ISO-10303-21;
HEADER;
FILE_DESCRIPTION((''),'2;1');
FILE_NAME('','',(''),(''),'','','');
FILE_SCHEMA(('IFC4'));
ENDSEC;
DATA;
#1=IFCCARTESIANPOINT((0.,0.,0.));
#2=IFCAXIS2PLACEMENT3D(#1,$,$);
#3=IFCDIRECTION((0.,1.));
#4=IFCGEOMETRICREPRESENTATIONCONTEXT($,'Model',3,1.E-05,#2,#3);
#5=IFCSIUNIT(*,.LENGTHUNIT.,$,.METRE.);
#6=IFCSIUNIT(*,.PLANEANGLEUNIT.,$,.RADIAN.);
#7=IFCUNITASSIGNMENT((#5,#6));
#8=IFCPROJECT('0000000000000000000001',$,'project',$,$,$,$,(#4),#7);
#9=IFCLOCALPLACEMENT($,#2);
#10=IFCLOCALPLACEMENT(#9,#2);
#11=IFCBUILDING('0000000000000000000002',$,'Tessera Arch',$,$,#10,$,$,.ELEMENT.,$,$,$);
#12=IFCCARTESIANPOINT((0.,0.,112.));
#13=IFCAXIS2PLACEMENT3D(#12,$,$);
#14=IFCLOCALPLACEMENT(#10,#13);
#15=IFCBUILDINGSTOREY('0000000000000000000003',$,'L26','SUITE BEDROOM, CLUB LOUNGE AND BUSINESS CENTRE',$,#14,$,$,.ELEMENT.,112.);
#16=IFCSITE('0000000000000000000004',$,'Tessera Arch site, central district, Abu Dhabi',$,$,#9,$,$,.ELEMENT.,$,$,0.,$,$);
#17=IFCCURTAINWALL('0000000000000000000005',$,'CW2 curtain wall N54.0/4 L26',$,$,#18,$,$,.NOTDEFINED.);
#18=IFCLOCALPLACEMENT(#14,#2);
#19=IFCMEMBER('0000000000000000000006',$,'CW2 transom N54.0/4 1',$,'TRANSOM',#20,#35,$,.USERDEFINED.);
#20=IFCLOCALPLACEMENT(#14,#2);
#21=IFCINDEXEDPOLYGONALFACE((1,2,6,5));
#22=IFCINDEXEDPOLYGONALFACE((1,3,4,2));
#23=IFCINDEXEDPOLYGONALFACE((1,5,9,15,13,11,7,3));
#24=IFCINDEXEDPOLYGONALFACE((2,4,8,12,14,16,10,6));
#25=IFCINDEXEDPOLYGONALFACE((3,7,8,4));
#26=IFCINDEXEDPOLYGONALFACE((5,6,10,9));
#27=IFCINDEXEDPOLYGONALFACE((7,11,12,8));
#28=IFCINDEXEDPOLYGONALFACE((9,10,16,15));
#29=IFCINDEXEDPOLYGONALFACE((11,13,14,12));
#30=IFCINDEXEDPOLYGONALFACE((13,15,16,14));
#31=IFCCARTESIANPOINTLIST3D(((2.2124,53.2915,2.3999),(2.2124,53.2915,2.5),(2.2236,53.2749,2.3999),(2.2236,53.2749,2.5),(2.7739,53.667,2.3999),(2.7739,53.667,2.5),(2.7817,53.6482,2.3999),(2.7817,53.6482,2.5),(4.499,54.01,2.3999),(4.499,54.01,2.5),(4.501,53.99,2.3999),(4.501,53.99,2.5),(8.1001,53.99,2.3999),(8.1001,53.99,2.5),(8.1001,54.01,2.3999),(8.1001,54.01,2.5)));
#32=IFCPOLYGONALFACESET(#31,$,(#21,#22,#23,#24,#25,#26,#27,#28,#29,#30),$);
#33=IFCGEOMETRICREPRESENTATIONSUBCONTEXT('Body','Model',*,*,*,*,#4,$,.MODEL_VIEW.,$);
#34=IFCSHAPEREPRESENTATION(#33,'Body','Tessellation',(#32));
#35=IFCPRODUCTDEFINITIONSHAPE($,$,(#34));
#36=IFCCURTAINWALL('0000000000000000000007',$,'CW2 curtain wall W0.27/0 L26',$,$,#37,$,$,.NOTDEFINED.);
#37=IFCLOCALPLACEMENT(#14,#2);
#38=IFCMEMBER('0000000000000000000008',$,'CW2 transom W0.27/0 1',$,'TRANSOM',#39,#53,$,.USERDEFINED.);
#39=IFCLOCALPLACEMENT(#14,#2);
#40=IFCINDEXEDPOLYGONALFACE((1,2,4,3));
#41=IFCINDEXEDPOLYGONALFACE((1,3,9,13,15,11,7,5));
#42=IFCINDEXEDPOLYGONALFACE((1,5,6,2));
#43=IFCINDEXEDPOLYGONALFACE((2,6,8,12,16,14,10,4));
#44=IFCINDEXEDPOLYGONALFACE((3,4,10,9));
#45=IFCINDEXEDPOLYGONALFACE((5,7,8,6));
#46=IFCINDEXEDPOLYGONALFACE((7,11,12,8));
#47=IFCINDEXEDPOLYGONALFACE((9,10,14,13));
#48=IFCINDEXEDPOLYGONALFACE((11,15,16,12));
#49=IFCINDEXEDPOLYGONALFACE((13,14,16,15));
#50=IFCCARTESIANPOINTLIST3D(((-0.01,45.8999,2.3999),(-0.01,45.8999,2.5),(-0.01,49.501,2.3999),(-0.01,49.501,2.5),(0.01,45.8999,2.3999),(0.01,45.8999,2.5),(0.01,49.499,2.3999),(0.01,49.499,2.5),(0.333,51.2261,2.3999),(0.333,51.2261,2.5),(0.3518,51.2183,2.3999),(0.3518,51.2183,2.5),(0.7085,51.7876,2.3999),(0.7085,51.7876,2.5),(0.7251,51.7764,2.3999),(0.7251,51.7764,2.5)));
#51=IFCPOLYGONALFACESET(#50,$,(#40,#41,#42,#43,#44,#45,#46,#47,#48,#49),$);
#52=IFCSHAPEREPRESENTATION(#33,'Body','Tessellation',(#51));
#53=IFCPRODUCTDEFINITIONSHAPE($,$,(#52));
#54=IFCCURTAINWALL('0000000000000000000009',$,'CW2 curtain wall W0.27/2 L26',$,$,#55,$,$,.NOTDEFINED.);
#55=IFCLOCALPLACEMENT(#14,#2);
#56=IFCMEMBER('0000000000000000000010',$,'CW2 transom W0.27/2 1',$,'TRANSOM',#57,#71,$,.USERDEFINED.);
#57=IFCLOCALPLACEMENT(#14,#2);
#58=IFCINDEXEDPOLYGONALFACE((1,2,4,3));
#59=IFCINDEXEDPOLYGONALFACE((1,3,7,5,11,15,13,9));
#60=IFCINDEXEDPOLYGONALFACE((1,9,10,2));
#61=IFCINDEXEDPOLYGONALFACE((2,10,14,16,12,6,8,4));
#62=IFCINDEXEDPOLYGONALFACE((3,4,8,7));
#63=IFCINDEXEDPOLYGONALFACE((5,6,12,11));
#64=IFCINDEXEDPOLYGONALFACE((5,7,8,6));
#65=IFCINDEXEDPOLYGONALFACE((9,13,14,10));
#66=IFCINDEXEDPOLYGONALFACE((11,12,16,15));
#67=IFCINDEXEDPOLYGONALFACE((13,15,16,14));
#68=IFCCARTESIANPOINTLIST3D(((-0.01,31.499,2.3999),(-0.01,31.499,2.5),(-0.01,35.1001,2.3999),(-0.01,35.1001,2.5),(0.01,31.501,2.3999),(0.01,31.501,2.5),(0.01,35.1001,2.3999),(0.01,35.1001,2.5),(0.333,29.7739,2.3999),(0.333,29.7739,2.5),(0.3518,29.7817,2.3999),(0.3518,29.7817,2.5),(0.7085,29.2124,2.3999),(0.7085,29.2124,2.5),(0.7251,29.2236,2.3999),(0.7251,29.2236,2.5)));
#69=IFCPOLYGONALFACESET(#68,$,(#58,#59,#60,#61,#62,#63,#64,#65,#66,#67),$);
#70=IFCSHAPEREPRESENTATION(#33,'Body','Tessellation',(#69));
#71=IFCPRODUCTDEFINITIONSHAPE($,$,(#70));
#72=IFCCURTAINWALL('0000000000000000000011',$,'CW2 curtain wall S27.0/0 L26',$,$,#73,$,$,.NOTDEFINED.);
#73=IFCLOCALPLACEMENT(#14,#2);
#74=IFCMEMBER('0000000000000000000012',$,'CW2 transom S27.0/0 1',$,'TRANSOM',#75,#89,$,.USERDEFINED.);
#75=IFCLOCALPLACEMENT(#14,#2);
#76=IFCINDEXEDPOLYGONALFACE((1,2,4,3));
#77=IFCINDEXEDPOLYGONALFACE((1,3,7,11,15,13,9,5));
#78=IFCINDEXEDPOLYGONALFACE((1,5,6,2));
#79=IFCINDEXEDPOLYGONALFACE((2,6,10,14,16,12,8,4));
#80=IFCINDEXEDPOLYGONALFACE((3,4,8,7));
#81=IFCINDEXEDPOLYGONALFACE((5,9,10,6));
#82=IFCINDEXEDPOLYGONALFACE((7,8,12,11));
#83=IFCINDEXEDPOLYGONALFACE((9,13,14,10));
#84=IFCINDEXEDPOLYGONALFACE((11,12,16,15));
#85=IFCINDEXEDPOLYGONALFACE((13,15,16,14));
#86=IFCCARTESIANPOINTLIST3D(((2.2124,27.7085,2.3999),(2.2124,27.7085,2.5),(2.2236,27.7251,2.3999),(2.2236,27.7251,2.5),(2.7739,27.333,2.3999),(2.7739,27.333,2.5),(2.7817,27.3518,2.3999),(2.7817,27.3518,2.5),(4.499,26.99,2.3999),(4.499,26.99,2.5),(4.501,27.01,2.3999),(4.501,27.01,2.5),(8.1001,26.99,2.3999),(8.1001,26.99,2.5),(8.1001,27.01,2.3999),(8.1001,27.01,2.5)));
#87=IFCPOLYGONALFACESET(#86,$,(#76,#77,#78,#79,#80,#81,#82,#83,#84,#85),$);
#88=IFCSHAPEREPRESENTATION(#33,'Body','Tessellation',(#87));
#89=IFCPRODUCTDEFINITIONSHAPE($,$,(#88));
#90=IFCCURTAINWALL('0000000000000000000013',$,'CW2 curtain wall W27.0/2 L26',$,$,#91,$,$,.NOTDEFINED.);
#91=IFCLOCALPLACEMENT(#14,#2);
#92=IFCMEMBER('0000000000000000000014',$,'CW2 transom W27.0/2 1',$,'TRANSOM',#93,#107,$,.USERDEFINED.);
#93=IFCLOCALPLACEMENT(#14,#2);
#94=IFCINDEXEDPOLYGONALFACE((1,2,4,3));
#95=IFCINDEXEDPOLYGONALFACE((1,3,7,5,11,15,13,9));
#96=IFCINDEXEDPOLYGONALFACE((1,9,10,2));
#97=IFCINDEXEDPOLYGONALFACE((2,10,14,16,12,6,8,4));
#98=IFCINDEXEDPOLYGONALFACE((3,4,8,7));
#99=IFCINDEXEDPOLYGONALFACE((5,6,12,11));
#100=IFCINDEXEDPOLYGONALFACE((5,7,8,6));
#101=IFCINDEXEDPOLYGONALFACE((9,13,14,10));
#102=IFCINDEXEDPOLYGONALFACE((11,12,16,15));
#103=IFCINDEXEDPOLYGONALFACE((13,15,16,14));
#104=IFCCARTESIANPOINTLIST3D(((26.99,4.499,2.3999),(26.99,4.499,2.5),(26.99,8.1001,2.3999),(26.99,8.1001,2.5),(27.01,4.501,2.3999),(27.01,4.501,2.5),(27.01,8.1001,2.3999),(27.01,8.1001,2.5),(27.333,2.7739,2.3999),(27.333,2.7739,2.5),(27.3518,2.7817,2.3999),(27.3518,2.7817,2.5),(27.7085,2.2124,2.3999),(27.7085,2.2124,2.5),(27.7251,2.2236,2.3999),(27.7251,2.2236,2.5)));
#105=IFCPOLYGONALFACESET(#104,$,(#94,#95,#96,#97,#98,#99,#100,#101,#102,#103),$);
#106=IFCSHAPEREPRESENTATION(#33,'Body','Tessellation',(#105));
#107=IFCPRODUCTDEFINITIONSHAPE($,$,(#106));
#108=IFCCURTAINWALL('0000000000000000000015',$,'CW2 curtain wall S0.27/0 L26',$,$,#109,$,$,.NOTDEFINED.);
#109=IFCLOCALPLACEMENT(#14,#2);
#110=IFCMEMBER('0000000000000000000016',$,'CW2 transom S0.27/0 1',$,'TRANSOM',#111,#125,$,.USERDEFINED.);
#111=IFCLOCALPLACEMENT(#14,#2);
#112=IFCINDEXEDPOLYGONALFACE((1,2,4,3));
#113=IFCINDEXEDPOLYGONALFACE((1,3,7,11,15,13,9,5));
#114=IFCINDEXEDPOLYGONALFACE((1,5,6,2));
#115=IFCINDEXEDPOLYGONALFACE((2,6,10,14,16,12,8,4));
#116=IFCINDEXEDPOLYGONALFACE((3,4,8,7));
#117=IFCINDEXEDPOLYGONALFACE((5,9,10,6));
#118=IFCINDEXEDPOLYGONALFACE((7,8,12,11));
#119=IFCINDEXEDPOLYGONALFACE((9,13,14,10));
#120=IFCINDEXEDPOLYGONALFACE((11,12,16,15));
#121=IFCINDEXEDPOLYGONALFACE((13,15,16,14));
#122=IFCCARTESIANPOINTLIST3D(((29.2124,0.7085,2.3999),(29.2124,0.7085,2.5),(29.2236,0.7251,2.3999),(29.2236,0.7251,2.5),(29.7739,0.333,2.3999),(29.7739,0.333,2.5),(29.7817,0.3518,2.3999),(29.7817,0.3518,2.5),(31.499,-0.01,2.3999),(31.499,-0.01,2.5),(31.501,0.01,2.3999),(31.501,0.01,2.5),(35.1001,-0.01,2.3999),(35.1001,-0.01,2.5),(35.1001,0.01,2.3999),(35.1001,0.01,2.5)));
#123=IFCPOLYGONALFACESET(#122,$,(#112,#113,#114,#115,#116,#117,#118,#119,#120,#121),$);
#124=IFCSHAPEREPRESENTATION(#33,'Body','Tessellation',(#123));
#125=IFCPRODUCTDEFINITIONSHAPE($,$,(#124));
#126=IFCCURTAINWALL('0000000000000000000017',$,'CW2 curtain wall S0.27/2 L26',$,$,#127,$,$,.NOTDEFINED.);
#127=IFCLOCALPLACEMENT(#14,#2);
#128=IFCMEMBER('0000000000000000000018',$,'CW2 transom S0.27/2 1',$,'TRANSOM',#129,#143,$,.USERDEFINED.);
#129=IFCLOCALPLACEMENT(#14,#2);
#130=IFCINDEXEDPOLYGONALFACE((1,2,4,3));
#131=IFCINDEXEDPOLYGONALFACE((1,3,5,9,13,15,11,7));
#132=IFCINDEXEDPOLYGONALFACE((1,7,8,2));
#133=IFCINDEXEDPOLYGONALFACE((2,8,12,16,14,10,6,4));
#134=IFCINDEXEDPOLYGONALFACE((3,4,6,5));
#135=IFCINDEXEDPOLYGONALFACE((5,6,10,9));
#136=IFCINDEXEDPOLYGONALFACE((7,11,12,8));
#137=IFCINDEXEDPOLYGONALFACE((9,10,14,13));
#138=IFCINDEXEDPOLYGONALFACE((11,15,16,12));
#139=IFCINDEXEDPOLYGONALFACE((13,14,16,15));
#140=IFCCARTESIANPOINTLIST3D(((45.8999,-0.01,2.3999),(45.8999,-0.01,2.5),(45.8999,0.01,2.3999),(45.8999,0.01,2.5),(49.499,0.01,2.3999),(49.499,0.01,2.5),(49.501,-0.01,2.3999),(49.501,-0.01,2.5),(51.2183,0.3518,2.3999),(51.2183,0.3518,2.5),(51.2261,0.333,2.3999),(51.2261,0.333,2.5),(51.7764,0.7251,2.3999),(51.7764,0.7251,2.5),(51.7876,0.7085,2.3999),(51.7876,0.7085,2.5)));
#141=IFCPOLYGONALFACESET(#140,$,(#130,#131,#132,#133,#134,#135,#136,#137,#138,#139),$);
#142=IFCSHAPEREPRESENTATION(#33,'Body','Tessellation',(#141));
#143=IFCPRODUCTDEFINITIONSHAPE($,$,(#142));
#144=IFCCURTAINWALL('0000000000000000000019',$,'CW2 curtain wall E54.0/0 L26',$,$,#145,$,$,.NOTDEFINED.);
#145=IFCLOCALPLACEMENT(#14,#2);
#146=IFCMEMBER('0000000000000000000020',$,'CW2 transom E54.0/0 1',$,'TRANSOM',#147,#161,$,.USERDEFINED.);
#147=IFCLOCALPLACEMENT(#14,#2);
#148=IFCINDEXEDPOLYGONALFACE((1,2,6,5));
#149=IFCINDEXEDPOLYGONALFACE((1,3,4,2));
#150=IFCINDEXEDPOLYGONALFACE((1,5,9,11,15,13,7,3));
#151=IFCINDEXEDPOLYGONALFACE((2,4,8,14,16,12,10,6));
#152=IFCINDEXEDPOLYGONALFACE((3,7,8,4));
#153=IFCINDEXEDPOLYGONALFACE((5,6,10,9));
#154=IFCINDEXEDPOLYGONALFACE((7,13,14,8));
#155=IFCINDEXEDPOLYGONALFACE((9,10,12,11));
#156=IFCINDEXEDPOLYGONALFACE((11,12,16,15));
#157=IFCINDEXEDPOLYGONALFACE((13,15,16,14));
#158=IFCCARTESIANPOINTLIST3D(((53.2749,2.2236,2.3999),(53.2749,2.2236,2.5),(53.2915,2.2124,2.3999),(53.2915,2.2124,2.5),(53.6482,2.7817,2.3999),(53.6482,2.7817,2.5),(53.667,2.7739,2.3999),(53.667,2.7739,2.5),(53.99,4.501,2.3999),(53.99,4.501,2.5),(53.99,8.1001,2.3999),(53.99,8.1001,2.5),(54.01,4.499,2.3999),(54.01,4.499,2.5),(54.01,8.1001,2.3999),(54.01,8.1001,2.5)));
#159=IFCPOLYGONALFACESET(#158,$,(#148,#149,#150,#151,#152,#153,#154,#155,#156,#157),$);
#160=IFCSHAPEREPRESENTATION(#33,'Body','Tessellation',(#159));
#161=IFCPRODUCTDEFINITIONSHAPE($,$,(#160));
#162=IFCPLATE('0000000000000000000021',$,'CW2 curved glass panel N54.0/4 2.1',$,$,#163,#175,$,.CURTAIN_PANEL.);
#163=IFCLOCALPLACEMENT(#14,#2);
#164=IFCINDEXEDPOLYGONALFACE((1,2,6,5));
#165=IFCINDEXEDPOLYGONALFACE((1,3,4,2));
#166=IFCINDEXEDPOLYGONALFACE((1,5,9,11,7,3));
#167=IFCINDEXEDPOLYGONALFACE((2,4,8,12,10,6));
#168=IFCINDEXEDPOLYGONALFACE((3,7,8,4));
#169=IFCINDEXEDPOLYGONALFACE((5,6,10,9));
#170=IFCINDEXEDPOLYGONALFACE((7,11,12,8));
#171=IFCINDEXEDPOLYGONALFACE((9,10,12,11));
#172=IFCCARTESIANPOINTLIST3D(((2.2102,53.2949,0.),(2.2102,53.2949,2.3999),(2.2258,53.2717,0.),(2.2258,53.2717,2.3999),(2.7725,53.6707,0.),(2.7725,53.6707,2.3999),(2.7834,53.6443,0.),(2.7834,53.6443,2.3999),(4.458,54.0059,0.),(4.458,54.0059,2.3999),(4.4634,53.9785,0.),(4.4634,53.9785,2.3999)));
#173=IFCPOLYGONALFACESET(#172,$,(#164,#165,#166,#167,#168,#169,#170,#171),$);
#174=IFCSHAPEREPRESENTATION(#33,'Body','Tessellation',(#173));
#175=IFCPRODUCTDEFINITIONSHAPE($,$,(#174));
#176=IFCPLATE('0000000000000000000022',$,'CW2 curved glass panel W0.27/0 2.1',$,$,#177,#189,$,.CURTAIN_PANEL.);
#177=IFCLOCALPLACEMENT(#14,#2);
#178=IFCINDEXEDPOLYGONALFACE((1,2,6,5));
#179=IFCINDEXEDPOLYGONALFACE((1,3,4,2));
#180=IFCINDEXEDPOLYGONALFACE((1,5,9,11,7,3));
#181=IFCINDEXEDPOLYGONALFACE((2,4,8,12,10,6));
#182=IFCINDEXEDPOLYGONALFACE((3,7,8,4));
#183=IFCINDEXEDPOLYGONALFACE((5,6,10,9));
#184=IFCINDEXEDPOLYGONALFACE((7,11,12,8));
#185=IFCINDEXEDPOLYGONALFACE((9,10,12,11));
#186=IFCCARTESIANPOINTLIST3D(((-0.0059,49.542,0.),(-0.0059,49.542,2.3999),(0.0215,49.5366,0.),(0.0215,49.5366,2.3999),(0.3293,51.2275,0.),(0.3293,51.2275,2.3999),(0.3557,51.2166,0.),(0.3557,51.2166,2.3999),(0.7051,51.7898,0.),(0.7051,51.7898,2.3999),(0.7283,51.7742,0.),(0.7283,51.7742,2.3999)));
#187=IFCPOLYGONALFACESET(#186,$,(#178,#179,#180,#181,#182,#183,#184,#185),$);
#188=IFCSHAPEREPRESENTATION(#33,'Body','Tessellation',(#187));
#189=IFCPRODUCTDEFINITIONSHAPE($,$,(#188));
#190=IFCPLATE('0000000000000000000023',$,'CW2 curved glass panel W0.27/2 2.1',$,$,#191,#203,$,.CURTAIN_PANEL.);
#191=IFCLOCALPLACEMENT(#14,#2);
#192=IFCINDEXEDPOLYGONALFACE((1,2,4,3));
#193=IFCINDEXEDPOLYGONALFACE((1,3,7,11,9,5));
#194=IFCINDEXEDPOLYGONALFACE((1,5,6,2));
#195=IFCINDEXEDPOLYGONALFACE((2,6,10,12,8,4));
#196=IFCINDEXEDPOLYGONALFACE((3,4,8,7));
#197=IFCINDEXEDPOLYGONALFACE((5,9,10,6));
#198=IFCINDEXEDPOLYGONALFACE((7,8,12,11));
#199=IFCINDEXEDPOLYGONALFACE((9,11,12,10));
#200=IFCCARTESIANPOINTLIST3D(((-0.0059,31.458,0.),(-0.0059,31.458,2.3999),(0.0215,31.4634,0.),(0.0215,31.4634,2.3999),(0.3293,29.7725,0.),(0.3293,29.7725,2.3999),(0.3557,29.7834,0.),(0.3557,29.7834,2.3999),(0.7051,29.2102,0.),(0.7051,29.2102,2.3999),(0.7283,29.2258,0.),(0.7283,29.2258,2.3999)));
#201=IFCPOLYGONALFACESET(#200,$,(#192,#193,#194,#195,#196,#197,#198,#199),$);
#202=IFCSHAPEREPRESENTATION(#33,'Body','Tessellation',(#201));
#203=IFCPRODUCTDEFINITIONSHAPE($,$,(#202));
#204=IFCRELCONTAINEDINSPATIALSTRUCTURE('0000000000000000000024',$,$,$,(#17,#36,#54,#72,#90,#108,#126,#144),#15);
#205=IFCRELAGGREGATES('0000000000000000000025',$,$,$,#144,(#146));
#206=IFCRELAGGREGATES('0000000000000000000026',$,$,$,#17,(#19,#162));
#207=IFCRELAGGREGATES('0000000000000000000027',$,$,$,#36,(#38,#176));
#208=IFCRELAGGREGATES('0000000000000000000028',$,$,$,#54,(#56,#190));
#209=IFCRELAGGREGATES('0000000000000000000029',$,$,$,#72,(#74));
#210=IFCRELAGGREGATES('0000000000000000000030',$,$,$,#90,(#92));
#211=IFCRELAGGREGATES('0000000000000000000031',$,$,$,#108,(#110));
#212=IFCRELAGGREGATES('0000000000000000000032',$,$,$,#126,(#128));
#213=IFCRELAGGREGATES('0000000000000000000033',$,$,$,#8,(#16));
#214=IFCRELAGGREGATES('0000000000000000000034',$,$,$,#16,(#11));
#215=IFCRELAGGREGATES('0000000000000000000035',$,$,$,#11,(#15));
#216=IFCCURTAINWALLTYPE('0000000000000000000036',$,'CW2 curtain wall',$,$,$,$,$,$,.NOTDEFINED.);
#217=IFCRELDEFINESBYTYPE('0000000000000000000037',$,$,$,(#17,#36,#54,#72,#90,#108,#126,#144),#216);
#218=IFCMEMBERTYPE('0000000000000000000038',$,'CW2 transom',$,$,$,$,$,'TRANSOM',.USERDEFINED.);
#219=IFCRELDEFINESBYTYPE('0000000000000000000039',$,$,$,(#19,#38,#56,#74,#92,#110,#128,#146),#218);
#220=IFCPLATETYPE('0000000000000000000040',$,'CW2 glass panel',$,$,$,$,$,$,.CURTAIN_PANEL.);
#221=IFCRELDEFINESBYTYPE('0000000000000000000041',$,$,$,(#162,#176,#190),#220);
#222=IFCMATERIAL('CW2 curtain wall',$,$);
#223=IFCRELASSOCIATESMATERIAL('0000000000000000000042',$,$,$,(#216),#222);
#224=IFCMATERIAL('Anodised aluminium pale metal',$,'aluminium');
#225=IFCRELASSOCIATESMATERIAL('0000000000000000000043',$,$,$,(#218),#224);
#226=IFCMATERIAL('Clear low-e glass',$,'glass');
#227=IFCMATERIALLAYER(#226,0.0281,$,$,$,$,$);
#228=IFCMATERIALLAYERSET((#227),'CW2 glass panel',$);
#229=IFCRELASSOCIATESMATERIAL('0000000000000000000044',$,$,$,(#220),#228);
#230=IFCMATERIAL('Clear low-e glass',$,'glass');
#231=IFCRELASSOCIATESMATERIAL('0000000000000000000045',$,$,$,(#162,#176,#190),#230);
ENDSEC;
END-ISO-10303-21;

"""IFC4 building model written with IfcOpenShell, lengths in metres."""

from ifc_helpers import new_model, si_unit, direction, frame, origin, origin_2d, place, context, subcontext, project, spatial, polyline, rectangle, outline, extrude, material, layer, layer_set, material_profile, profile_set, type_object, element, aggregate, save


model = new_model("IFC4")

# Units and contexts
model_context = context("Model", 3, precision=1e-05, world=origin(), true_north=direction((0.0, 1.0)))
body_context = subcontext(model_context, "Body", "Model", "MODEL_VIEW")
ifc_project = project(units=[si_unit("LENGTHUNIT", "METRE"), si_unit("PLANEANGLEUNIT", "RADIAN")], contexts=[model_context])

# Site, building, storey
site_placement = place(None, origin())
site = spatial("IfcSite", under=ifc_project, at=site_placement, Name="Tessera Arch site, central district, Abu Dhabi", CompositionType="ELEMENT", RefElevation=0.0)
building_placement = place(site_placement, origin())
building = spatial("IfcBuilding", under=site, at=building_placement, Name="Tessera Arch", CompositionType="ELEMENT")
storey_placement = place(building_placement, frame((0.0, 0.0, 112.0)))
storey = spatial("IfcBuildingStorey", under=building, at=storey_placement, Name="L26", Description="SUITE BEDROOM, CLUB LOUNGE AND BUSINESS CENTRE", CompositionType="ELEMENT", Elevation=112.0)

# Curtain walls, members
ifc_material_1 = material(Name="CW2 curtain wall")
curtain_wall_type = type_object("IfcCurtainWallType", Name="CW2 curtain wall", PredefinedType="NOTDEFINED", material=ifc_material_1)
curtain_wall_1_placement = place(storey_placement, origin())
curtain_wall_1 = element("IfcCurtainWall", 1, at=curtain_wall_1_placement, inside=storey, type_object=curtain_wall_type, Name="CW2 curtain wall N54.0/4 L26", PredefinedType="NOTDEFINED")
ifc_material_2 = material(Name="Anodised aluminium pale metal", Category="aluminium")
ifc_material_profile = material_profile(ifc_material_2, rectangle(XDim=0.2, YDim=0.1001, at=origin_2d()), Name="AL 200x100")
ifc_profile_set = profile_set([ifc_material_profile], Name="Anodised aluminium pale metal")
member_type = type_object("IfcMemberType", Name="CW2 transom", ElementType="TRANSOM", PredefinedType="USERDEFINED", material=ifc_profile_set)
member_1_placement = place(storey_placement, frame((0.0, 0.0, 2.3999)))
member_1 = element("IfcMember", 2, at=member_1_placement, type_object=member_type, Name="CW2 transom N54.0/4 1", ObjectType="TRANSOM", PredefinedType="USERDEFINED", context=body_context, shape_type="SweptSolid", body=[
    extrude(outline(polyline([(4.501, 53.99), (8.1001, 53.99), (8.1001, 54.01), (4.499, 54.01), (2.7739, 53.667), (2.2124, 53.2915), (2.2236, 53.2749), (2.7817, 53.6482), (4.501, 53.99)])), origin(), (0.0, 0.0, 1.0), 0.1001),
])
curtain_wall_2_placement = place(storey_placement, origin())
curtain_wall_2 = element("IfcCurtainWall", 3, at=curtain_wall_2_placement, inside=storey, type_object=curtain_wall_type, Name="CW2 curtain wall W0.27/0 L26", PredefinedType="NOTDEFINED")
member_2_placement = place(storey_placement, frame((0.0, 0.0, 2.3999)))
member_2 = element("IfcMember", 4, at=member_2_placement, type_object=member_type, Name="CW2 transom W0.27/0 1", ObjectType="TRANSOM", PredefinedType="USERDEFINED", context=body_context, shape_type="SweptSolid", body=[
    extrude(outline(polyline([(0.3518, 51.2183), (0.7251, 51.7764), (0.7085, 51.7876), (0.333, 51.2261), (-0.01, 49.501), (-0.01, 45.8999), (0.01, 45.8999), (0.01, 49.499), (0.3518, 51.2183)])), origin(), (0.0, 0.0, 1.0), 0.1001),
])
curtain_wall_3_placement = place(storey_placement, origin())
curtain_wall_3 = element("IfcCurtainWall", 5, at=curtain_wall_3_placement, inside=storey, type_object=curtain_wall_type, Name="CW2 curtain wall W0.27/2 L26", PredefinedType="NOTDEFINED")
member_3_placement = place(storey_placement, frame((0.0, 0.0, 2.3999)))
member_3 = element("IfcMember", 6, at=member_3_placement, type_object=member_type, Name="CW2 transom W0.27/2 1", ObjectType="TRANSOM", PredefinedType="USERDEFINED", context=body_context, shape_type="SweptSolid", body=[
    extrude(outline(polyline([(0.01, 31.501), (0.01, 35.1001), (-0.01, 35.1001), (-0.01, 31.499), (0.333, 29.7739), (0.7085, 29.2124), (0.7251, 29.2236), (0.3518, 29.7817), (0.01, 31.501)])), origin(), (0.0, 0.0, 1.0), 0.1001),
])
curtain_wall_4_placement = place(storey_placement, origin())
curtain_wall_4 = element("IfcCurtainWall", 7, at=curtain_wall_4_placement, inside=storey, type_object=curtain_wall_type, Name="CW2 curtain wall S27.0/0 L26", PredefinedType="NOTDEFINED")
member_4_placement = place(storey_placement, frame((0.0, 0.0, 2.3999)))
member_4 = element("IfcMember", 8, at=member_4_placement, type_object=member_type, Name="CW2 transom S27.0/0 1", ObjectType="TRANSOM", PredefinedType="USERDEFINED", context=body_context, shape_type="SweptSolid", body=[
    extrude(outline(polyline([(2.7817, 27.3518), (2.2236, 27.7251), (2.2124, 27.7085), (2.7739, 27.333), (4.499, 26.99), (8.1001, 26.99), (8.1001, 27.01), (4.501, 27.01), (2.7817, 27.3518)])), origin(), (0.0, 0.0, 1.0), 0.1001),
])
curtain_wall_5_placement = place(storey_placement, origin())
curtain_wall_5 = element("IfcCurtainWall", 9, at=curtain_wall_5_placement, inside=storey, type_object=curtain_wall_type, Name="CW2 curtain wall W27.0/2 L26", PredefinedType="NOTDEFINED")
member_5_placement = place(storey_placement, frame((0.0, 0.0, 2.3999)))
member_5 = element("IfcMember", 10, at=member_5_placement, type_object=member_type, Name="CW2 transom W27.0/2 1", ObjectType="TRANSOM", PredefinedType="USERDEFINED", context=body_context, shape_type="SweptSolid", body=[
    extrude(outline(polyline([(27.01, 4.501), (27.01, 8.1001), (26.99, 8.1001), (26.99, 4.499), (27.333, 2.7739), (27.7085, 2.2124), (27.7251, 2.2236), (27.3518, 2.7817), (27.01, 4.501)])), origin(), (0.0, 0.0, 1.0), 0.1001),
])
curtain_wall_6_placement = place(storey_placement, origin())
curtain_wall_6 = element("IfcCurtainWall", 11, at=curtain_wall_6_placement, inside=storey, type_object=curtain_wall_type, Name="CW2 curtain wall S0.27/0 L26", PredefinedType="NOTDEFINED")
member_6_placement = place(storey_placement, frame((0.0, 0.0, 2.3999)))
member_6 = element("IfcMember", 12, at=member_6_placement, type_object=member_type, Name="CW2 transom S0.27/0 1", ObjectType="TRANSOM", PredefinedType="USERDEFINED", context=body_context, shape_type="SweptSolid", body=[
    extrude(outline(polyline([(29.7817, 0.3518), (29.2236, 0.7251), (29.2124, 0.7085), (29.7739, 0.333), (31.499, -0.01), (35.1001, -0.01), (35.1001, 0.01), (31.501, 0.01), (29.7817, 0.3518)])), origin(), (0.0, 0.0, 1.0), 0.1001),
])
curtain_wall_7_placement = place(storey_placement, origin())
curtain_wall_7 = element("IfcCurtainWall", 13, at=curtain_wall_7_placement, inside=storey, type_object=curtain_wall_type, Name="CW2 curtain wall S0.27/2 L26", PredefinedType="NOTDEFINED")
member_7_placement = place(storey_placement, frame((0.0, 0.0, 2.3999)))
member_7 = element("IfcMember", 14, at=member_7_placement, type_object=member_type, Name="CW2 transom S0.27/2 1", ObjectType="TRANSOM", PredefinedType="USERDEFINED", context=body_context, shape_type="SweptSolid", body=[
    extrude(outline(polyline([(49.499, 0.01), (45.8999, 0.01), (45.8999, -0.01), (49.501, -0.01), (51.2261, 0.333), (51.7876, 0.7085), (51.7764, 0.7251), (51.2183, 0.3518), (49.499, 0.01)])), origin(), (0.0, 0.0, 1.0), 0.1001),
])
curtain_wall_8_placement = place(storey_placement, origin())
curtain_wall_8 = element("IfcCurtainWall", 15, at=curtain_wall_8_placement, inside=storey, type_object=curtain_wall_type, Name="CW2 curtain wall E54.0/0 L26", PredefinedType="NOTDEFINED")
member_8_placement = place(storey_placement, frame((0.0, 0.0, 2.3999)))
member_8 = element("IfcMember", 16, at=member_8_placement, type_object=member_type, Name="CW2 transom E54.0/0 1", ObjectType="TRANSOM", PredefinedType="USERDEFINED", context=body_context, shape_type="SweptSolid", body=[
    extrude(outline(polyline([(53.6482, 2.7817), (53.2749, 2.2236), (53.2915, 2.2124), (53.667, 2.7739), (54.01, 4.499), (54.01, 8.1001), (53.99, 8.1001), (53.99, 4.501), (53.6482, 2.7817)])), origin(), (0.0, 0.0, 1.0), 0.1001),
])
aggregate(curtain_wall_8, [member_8])

# Plates
ifc_material_3 = material(Name="Clear low-e glass", Category="glass")
ifc_material_4 = material(Name="Clear low-e glass", Category="glass")
ifc_layer_1 = layer(ifc_material_4, 0.0281)
ifc_layer_set_1 = layer_set([ifc_layer_1], Name="CW2 glass panel")
plate_type_1 = type_object("IfcPlateType", Name="CW2 glass panel", PredefinedType="CURTAIN_PANEL", material=ifc_layer_set_1)
plate_1_placement = place(storey_placement, origin())
plate_1 = element("IfcPlate", 17, at=plate_1_placement, type_object=plate_type_1, material=ifc_material_3, Name="CW2 curved glass panel N54.0/4 2.1", PredefinedType="CURTAIN_PANEL", context=body_context, shape_type="SweptSolid", body=[
    extrude(outline(polyline([(2.7834, 53.6443), (4.4634, 53.9785), (4.458, 54.0059), (2.7725, 53.6707), (2.2102, 53.2949), (2.2258, 53.2717), (2.7834, 53.6443)])), origin(), (0.0, 0.0, 1.0), 2.3999),
])
plate_2_placement = place(storey_placement, origin())
plate_2 = element("IfcPlate", 18, at=plate_2_placement, type_object=plate_type_1, material=ifc_material_3, Name="CW2 curved glass panel W0.27/0 2.1", PredefinedType="CURTAIN_PANEL", context=body_context, shape_type="SweptSolid", body=[
    extrude(outline(polyline([(0.3557, 51.2166), (0.7283, 51.7742), (0.7051, 51.7898), (0.3293, 51.2275), (-0.0059, 49.542), (0.0215, 49.5366), (0.3557, 51.2166)])), origin(), (0.0, 0.0, 1.0), 2.3999),
])
plate_3_placement = place(storey_placement, origin())
plate_3 = element("IfcPlate", 19, at=plate_3_placement, type_object=plate_type_1, material=ifc_material_3, Name="CW2 curved glass panel W0.27/2 2.1", PredefinedType="CURTAIN_PANEL", context=body_context, shape_type="SweptSolid", body=[
    extrude(outline(polyline([(0.3557, 29.7834), (0.0215, 31.4634), (-0.0059, 31.458), (0.3293, 29.7725), (0.7051, 29.2102), (0.7283, 29.2258), (0.3557, 29.7834)])), origin(), (0.0, 0.0, 1.0), 2.3999),
])
aggregate(curtain_wall_1, [member_1, plate_1])
aggregate(curtain_wall_2, [member_2, plate_2])
aggregate(curtain_wall_3, [member_3, plate_3])
aggregate(curtain_wall_4, [member_4])
aggregate(curtain_wall_5, [member_5])
aggregate(curtain_wall_6, [member_6])
aggregate(curtain_wall_7, [member_7])

save(model, "model.ifc")
